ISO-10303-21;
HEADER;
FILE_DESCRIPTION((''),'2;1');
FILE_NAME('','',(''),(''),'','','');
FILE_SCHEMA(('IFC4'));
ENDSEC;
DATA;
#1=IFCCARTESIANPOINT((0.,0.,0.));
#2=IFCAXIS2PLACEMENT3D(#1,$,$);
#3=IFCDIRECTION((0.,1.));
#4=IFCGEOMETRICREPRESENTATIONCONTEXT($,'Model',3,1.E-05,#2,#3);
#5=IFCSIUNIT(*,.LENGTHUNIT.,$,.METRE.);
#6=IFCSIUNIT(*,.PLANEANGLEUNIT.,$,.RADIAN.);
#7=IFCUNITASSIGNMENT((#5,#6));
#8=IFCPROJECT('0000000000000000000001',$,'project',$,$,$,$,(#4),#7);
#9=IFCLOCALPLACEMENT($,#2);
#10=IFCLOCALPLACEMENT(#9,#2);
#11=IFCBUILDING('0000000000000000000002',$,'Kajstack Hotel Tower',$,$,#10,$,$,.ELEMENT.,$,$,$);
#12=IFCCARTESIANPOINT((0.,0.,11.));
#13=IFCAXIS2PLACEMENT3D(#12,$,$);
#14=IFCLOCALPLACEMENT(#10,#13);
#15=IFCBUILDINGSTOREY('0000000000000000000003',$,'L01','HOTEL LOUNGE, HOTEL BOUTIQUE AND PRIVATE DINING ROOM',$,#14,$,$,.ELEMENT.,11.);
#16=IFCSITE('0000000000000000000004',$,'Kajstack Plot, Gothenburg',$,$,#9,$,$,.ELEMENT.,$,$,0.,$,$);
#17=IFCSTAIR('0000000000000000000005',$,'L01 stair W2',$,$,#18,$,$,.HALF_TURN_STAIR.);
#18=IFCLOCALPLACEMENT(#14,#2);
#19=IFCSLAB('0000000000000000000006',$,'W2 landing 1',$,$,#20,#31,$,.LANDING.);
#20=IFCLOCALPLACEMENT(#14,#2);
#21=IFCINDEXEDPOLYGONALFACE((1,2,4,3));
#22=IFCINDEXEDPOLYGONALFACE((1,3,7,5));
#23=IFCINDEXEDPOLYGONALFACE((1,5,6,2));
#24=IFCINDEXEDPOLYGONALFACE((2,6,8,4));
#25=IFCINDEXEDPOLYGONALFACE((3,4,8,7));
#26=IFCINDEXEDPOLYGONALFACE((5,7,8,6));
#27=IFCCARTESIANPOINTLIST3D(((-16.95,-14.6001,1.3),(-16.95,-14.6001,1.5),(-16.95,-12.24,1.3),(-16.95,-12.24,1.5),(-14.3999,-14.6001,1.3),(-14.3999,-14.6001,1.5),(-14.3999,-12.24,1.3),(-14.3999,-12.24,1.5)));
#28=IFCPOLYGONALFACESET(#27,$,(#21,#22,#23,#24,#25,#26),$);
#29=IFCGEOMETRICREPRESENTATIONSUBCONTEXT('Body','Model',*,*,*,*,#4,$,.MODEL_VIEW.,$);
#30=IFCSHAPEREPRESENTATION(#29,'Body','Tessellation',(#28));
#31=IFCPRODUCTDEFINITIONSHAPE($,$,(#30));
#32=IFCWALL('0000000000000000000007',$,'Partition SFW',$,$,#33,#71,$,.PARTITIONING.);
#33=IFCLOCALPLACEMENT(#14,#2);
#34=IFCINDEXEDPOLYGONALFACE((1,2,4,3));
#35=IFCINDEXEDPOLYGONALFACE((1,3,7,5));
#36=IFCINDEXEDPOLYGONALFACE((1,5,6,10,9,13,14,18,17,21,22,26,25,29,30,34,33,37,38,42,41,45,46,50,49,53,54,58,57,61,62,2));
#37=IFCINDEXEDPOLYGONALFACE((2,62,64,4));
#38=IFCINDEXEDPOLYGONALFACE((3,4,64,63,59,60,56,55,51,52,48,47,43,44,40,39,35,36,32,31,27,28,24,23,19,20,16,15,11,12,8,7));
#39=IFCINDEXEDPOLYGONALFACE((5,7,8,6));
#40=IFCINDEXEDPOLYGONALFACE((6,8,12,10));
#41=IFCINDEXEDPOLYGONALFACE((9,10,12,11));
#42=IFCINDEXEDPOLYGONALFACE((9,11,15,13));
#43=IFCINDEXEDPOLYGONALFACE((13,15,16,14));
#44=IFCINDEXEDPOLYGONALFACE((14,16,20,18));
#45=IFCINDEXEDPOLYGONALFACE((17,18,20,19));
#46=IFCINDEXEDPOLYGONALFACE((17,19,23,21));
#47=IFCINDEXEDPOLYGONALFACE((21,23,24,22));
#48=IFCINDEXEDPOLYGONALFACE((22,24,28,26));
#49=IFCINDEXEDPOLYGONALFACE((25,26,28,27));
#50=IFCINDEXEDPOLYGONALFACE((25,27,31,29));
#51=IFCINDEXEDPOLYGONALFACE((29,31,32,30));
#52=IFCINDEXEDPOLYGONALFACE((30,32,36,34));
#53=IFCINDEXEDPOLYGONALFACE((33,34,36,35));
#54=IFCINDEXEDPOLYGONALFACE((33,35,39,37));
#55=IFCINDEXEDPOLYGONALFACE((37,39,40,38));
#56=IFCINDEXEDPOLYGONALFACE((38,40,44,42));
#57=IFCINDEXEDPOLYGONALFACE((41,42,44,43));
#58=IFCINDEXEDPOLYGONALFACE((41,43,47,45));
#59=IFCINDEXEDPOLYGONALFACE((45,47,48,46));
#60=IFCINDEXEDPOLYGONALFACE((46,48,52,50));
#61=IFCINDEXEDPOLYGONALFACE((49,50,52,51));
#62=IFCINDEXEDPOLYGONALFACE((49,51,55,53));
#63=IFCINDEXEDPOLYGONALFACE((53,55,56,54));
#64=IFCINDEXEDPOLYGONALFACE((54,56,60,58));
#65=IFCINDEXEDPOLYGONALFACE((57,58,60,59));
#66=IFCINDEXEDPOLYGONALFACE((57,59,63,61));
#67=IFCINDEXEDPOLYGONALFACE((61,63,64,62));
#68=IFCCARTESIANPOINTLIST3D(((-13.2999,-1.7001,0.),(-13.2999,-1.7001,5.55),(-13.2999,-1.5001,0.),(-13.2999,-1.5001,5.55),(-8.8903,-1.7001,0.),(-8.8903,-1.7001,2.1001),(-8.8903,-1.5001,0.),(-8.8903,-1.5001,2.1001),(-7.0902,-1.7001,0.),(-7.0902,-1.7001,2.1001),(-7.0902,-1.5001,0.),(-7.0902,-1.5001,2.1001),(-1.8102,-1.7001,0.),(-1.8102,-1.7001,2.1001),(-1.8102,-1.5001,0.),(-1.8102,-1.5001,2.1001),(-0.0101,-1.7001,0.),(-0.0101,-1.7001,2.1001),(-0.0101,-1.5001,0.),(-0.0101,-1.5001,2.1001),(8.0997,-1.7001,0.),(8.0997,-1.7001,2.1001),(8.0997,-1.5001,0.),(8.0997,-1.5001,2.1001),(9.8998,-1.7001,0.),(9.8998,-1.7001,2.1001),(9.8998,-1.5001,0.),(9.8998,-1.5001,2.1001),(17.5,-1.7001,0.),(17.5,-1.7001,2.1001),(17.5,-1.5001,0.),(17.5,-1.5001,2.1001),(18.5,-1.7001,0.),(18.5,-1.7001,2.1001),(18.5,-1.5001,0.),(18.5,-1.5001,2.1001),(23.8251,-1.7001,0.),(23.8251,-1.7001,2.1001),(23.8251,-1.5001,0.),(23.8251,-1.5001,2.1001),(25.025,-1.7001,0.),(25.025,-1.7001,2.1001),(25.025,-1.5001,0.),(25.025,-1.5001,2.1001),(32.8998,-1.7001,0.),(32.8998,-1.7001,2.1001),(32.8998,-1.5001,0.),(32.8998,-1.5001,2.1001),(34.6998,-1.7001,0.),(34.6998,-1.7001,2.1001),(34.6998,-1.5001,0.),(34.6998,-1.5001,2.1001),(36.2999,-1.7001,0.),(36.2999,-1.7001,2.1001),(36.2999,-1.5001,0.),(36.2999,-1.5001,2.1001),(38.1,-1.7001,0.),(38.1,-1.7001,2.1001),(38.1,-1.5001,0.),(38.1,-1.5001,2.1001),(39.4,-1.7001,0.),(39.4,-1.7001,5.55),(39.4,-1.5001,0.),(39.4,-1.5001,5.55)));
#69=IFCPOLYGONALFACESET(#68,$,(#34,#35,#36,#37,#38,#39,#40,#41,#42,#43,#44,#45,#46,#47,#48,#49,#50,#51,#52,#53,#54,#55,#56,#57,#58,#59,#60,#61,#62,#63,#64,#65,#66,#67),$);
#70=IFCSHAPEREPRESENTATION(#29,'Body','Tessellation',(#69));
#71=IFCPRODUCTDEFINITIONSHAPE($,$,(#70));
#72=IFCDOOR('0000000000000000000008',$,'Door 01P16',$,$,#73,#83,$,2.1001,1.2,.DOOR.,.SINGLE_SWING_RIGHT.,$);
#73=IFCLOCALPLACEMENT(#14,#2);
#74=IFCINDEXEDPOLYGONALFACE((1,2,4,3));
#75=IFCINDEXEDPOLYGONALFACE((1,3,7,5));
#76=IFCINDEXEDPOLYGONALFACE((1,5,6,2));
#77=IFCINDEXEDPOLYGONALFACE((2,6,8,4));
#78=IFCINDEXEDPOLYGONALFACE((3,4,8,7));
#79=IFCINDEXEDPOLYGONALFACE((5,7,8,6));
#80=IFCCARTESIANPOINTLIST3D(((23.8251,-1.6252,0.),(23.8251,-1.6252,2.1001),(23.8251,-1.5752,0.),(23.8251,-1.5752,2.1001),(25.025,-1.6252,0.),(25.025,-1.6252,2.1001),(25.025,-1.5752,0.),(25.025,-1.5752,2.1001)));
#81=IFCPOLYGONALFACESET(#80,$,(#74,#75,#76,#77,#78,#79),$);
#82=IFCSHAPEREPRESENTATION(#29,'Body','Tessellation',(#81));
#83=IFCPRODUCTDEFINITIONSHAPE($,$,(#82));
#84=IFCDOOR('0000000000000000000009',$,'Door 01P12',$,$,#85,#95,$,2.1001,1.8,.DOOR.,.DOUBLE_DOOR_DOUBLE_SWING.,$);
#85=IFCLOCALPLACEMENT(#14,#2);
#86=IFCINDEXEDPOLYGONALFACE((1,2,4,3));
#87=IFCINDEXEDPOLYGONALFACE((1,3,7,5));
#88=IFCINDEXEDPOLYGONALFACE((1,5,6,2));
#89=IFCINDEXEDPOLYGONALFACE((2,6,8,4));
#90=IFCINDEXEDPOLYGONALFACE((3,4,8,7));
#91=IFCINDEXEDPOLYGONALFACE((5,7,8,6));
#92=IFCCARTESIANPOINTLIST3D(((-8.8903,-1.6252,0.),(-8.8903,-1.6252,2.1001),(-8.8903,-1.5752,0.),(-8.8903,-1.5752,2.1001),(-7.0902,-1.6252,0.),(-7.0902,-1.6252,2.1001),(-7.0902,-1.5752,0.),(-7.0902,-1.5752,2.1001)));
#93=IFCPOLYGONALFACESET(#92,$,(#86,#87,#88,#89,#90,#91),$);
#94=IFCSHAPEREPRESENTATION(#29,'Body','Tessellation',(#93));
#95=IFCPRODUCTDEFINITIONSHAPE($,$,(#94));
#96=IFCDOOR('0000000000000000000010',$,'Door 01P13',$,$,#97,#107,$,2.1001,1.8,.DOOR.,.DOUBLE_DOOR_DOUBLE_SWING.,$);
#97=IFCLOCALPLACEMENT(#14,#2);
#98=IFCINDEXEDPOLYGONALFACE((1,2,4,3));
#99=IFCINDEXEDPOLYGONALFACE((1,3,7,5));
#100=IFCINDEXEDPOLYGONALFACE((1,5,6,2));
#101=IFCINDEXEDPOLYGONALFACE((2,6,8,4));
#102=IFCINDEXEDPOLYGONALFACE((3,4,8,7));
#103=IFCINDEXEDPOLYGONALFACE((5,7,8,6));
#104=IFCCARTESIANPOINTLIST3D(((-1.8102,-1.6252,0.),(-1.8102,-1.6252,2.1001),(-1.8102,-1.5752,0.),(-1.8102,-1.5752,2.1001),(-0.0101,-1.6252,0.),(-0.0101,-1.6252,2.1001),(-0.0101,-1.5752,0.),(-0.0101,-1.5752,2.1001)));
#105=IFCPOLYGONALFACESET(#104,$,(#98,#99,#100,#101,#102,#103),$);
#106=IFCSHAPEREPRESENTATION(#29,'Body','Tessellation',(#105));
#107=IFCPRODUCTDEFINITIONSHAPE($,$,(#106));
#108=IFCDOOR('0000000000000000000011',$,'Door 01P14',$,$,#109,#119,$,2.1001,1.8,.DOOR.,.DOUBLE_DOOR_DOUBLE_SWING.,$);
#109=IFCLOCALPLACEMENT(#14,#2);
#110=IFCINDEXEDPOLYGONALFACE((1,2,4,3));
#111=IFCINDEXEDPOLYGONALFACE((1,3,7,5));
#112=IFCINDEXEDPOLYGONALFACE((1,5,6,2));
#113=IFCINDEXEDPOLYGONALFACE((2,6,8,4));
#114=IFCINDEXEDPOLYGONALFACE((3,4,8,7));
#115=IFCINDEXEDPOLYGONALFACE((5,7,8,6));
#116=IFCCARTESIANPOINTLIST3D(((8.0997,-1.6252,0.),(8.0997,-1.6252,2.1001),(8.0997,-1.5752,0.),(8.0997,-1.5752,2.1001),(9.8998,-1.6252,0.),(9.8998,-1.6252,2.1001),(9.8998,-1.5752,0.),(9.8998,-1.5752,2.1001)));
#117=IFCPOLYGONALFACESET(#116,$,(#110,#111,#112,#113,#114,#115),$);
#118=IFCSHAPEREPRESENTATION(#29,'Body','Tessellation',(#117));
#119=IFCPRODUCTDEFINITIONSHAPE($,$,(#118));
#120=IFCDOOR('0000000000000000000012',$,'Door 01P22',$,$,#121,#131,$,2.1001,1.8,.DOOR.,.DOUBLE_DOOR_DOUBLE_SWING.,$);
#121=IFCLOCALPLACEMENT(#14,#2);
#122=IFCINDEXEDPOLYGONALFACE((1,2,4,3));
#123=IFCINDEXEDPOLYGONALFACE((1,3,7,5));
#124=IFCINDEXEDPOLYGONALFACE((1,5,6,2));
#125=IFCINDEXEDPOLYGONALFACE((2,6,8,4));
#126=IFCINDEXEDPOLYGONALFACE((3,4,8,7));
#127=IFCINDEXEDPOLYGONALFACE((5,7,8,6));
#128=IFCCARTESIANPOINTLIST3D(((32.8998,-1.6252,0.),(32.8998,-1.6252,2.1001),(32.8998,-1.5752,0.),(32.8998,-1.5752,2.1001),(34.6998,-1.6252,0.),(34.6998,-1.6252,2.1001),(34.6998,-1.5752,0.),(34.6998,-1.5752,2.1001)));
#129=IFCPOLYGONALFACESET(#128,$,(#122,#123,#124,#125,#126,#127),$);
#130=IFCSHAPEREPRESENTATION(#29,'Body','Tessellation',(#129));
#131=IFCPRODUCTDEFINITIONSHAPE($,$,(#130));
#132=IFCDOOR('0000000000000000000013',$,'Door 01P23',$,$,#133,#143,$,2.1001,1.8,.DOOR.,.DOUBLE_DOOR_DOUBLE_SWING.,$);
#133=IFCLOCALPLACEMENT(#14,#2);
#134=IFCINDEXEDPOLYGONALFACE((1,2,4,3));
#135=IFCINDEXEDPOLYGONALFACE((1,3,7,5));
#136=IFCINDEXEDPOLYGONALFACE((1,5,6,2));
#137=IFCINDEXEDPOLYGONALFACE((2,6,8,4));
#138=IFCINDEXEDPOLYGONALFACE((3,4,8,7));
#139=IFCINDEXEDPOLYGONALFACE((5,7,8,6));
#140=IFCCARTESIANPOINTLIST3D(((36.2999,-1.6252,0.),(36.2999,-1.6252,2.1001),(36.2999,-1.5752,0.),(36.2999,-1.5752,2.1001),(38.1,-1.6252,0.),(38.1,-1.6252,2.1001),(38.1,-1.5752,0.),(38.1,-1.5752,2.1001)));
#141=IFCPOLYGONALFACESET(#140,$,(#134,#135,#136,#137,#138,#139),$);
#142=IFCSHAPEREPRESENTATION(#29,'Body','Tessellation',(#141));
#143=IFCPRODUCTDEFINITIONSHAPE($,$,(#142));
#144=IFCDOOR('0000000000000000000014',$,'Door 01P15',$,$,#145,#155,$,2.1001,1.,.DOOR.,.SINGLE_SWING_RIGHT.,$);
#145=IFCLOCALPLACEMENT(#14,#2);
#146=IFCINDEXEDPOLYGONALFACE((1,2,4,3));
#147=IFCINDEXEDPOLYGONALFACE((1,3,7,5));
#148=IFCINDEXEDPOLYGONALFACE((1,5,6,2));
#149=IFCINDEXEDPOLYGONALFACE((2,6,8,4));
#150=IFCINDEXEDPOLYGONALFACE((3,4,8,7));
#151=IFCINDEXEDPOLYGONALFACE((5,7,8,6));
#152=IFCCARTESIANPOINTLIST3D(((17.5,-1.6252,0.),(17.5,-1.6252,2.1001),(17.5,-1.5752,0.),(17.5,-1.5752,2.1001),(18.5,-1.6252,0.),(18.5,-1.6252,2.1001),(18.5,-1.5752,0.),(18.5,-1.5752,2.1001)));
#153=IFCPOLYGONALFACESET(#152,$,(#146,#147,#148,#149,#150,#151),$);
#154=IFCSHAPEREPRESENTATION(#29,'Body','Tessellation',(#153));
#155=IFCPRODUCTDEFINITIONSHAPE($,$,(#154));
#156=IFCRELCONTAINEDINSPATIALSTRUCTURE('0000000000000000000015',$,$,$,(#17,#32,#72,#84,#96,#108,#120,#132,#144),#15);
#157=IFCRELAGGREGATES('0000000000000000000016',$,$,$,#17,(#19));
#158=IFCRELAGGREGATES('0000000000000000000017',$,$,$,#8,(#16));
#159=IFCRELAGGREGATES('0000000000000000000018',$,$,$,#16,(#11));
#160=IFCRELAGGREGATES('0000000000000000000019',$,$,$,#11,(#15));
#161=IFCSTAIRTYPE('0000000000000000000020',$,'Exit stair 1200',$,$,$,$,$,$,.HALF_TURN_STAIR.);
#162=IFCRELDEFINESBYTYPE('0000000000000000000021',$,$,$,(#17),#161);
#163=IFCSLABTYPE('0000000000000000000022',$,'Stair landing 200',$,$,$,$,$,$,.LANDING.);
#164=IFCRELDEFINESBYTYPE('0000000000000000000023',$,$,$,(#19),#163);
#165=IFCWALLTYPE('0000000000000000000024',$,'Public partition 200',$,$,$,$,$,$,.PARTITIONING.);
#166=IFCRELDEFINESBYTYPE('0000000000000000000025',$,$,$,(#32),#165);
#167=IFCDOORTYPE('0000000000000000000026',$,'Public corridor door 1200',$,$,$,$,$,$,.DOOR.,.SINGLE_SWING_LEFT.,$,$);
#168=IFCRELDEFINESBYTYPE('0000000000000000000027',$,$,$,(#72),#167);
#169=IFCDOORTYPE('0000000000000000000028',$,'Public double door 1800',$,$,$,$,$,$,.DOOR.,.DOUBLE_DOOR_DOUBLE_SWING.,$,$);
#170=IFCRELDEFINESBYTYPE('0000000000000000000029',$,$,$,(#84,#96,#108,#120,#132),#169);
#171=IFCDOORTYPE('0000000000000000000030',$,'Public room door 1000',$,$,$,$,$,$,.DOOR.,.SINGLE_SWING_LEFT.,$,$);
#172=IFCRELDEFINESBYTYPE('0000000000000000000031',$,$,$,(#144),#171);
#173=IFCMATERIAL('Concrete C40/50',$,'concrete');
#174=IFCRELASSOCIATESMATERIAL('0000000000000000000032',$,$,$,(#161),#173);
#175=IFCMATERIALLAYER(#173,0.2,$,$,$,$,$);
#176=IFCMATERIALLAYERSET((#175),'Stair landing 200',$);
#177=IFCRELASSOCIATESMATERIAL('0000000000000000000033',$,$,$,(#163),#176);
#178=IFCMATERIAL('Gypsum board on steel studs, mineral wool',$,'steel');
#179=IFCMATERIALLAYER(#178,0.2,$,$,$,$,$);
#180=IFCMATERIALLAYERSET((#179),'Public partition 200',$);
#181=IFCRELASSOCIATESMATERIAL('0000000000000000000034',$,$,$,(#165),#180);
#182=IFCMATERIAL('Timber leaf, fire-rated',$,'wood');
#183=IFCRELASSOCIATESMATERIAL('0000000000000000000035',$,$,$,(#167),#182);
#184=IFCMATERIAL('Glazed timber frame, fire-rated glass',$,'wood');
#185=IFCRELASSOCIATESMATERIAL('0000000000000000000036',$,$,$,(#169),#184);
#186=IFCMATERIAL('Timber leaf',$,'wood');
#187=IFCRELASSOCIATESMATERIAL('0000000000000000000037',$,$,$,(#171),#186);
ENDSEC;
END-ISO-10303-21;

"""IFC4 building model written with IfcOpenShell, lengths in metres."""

from ifc_helpers import new_model, si_unit, direction, frame, frame_2d, origin, place, context, subcontext, project, spatial, polyline, rectangle, outline, extrude, material, layer, layer_set, type_object, element, fill, aggregate, save


model = new_model("IFC4")

# Units and contexts
model_context = context("Model", 3, precision=1e-05, world=origin(), true_north=direction((0.0, 1.0)))
body_context = subcontext(model_context, "Body", "Model", "MODEL_VIEW")
ifc_project = project(units=[si_unit("LENGTHUNIT", "METRE"), si_unit("PLANEANGLEUNIT", "RADIAN")], contexts=[model_context])

# Site, building, storey
site_placement = place(None, origin())
site = spatial("IfcSite", under=ifc_project, at=site_placement, Name="Kajstack Plot, Gothenburg", CompositionType="ELEMENT", RefElevation=0.0)
building_placement = place(site_placement, origin())
building = spatial("IfcBuilding", under=site, at=building_placement, Name="Kajstack Hotel Tower", CompositionType="ELEMENT")
storey_placement = place(building_placement, frame((0.0, 0.0, 11.0)))
storey = spatial("IfcBuildingStorey", under=building, at=storey_placement, Name="L01", Description="HOTEL LOUNGE, HOTEL BOUTIQUE AND PRIVATE DINING ROOM", CompositionType="ELEMENT", Elevation=11.0)

# Shared definitions
ifc_material_1 = material(Name="Concrete C40/50", Category="concrete")
stair_type = type_object("IfcStairType", Name="Exit stair 1200", PredefinedType="HALF_TURN_STAIR", material=ifc_material_1)
ifc_layer_1 = layer(ifc_material_1, 0.2)
ifc_layer_set_1 = layer_set([ifc_layer_1], Name="Stair landing 200")
slab_type_1 = type_object("IfcSlabType", Name="Stair landing 200", PredefinedType="LANDING", material=ifc_layer_set_1)

# Stair, slab
stair_1_placement = place(storey_placement, origin())
stair_1 = element("IfcStair", 1, at=stair_1_placement, inside=storey, type_object=stair_type, Name="L01 stair W2", PredefinedType="HALF_TURN_STAIR")
slab_1_placement = place(storey_placement, frame((0.0, 0.0, 1.3)))
slab_1 = element("IfcSlab", 2, at=slab_1_placement, type_object=slab_type_1, Name="W2 landing 1", PredefinedType="LANDING", context=body_context, shape_type="SweptSolid", body=[
    extrude(outline(polyline([(-16.95, -12.24), (-16.95, -14.6001), (-14.3999, -14.6001), (-14.3999, -12.24), (-16.95, -12.24)])), origin(), (0.0, 0.0, 1.0), 0.2),
])
aggregate(stair_1, [slab_1])

# Wall, openings, doors
ifc_material_2 = material(Name="Gypsum board on steel studs, mineral wool", Category="steel")
ifc_layer_2 = layer(ifc_material_2, 0.2)
ifc_layer_set_2 = layer_set([ifc_layer_2], Name="Public partition 200")
wall_type_1 = type_object("IfcWallType", Name="Public partition 200", PredefinedType="PARTITIONING", material=ifc_layer_set_2)
wall_1_placement = place(storey_placement, frame((-13.3, -1.6001, 0.0), z_axis=(0.0, 0.0, 1.0), x_axis=(1.0, 0.0, 0.0)))
wall_1 = element("IfcWall", 3, at=wall_1_placement, inside=storey, type_object=wall_type_1, Name="Partition SFW", PredefinedType="PARTITIONING", context=body_context, shape_type="SweptSolid", body=[
    extrude(rectangle(XDim=52.7, YDim=0.2, at=frame_2d((26.3501, 0.0))), origin(), (0.0, 0.0, 1.0), 5.55),
])
opening_1_placement = place(wall_1_placement, frame((4.4099, 0.0, 0.0)))
opening_1 = element("IfcOpeningElement", 4, at=opening_1_placement, cuts=wall_1, PredefinedType="OPENING", context=body_context, shape_type="SweptSolid", body=[
    extrude(rectangle(XDim=1.8, YDim=2.1001, at=frame_2d((0.8999, 1.05))), frame((0.0, 0.1099, 0.0), z_axis=(0.0, -1.0, 0.0), x_axis=(1.0, 0.0, 0.0)), (0.0, 0.0, 1.0), 0.22),
])
opening_2_placement = place(wall_1_placement, frame((11.49, 0.0, 0.0)))
opening_2 = element("IfcOpeningElement", 5, at=opening_2_placement, cuts=wall_1, PredefinedType="OPENING", context=body_context, shape_type="SweptSolid", body=[
    extrude(rectangle(XDim=1.8, YDim=2.1001, at=frame_2d((0.8999, 1.05))), frame((0.0, 0.1099, 0.0), z_axis=(0.0, -1.0, 0.0), x_axis=(1.0, 0.0, 0.0)), (0.0, 0.0, 1.0), 0.22),
])
opening_3_placement = place(wall_1_placement, frame((21.3999, 0.0, 0.0)))
opening_3 = element("IfcOpeningElement", 6, at=opening_3_placement, cuts=wall_1, PredefinedType="OPENING", context=body_context, shape_type="SweptSolid", body=[
    extrude(rectangle(XDim=1.8, YDim=2.1001, at=frame_2d((0.8999, 1.05))), frame((0.0, 0.1099, 0.0), z_axis=(0.0, -1.0, 0.0), x_axis=(1.0, 0.0, 0.0)), (0.0, 0.0, 1.0), 0.22),
])
opening_4_placement = place(wall_1_placement, frame((30.8, 0.0, 0.0)))
opening_4 = element("IfcOpeningElement", 7, at=opening_4_placement, cuts=wall_1, PredefinedType="OPENING", context=body_context, shape_type="SweptSolid", body=[
    extrude(rectangle(XDim=1.0, YDim=2.1001, at=frame_2d((0.5, 1.05))), frame((0.0, 0.1099, 0.0), z_axis=(0.0, -1.0, 0.0), x_axis=(1.0, 0.0, 0.0)), (0.0, 0.0, 1.0), 0.22),
])
opening_5_placement = place(wall_1_placement, frame((37.125, 0.0, 0.0)))
opening_5 = element("IfcOpeningElement", 8, at=opening_5_placement, cuts=wall_1, PredefinedType="OPENING", context=body_context, shape_type="SweptSolid", body=[
    extrude(rectangle(XDim=1.2, YDim=2.1001, at=frame_2d((0.6001, 1.05))), frame((0.0, 0.1099, 0.0), z_axis=(0.0, -1.0, 0.0), x_axis=(1.0, 0.0, 0.0)), (0.0, 0.0, 1.0), 0.22),
])
opening_6_placement = place(wall_1_placement, frame((46.2, 0.0, 0.0)))
opening_6 = element("IfcOpeningElement", 9, at=opening_6_placement, cuts=wall_1, PredefinedType="OPENING", context=body_context, shape_type="SweptSolid", body=[
    extrude(rectangle(XDim=1.8, YDim=2.1001, at=frame_2d((0.8999, 1.05))), frame((0.0, 0.1099, 0.0), z_axis=(0.0, -1.0, 0.0), x_axis=(1.0, 0.0, 0.0)), (0.0, 0.0, 1.0), 0.22),
])
opening_7_placement = place(wall_1_placement, frame((49.6001, 0.0, 0.0)))
opening_7 = element("IfcOpeningElement", 10, at=opening_7_placement, cuts=wall_1, PredefinedType="OPENING", context=body_context, shape_type="SweptSolid", body=[
    extrude(rectangle(XDim=1.8, YDim=2.1001, at=frame_2d((0.8999, 1.05))), frame((0.0, 0.1099, 0.0), z_axis=(0.0, -1.0, 0.0), x_axis=(1.0, 0.0, 0.0)), (0.0, 0.0, 1.0), 0.22),
])
ifc_material_3 = material(Name="Timber leaf, fire-rated", Category="wood")
door_type_1 = type_object("IfcDoorType", Name="Public corridor door 1200", OperationType="SINGLE_SWING_LEFT", PredefinedType="DOOR", material=ifc_material_3)
door_1_placement = place(opening_5_placement, origin())
door_1 = element("IfcDoor", 11, at=door_1_placement, inside=storey, type_object=door_type_1, Name="Door 01P16", OperationType="SINGLE_SWING_RIGHT", OverallHeight=2.1001, OverallWidth=1.2, PredefinedType="DOOR", context=body_context, shape_type="SweptSolid", body=[
    extrude(rectangle(XDim=1.2, YDim=2.1001, at=frame_2d((0.6001, 1.05))), frame((0.0, 0.0249, 0.0), z_axis=(0.0, -1.0, 0.0), x_axis=(1.0, 0.0, 0.0)), (0.0, 0.0, 1.0), 0.05),
])
fill(opening_5, door_1)
ifc_material_4 = material(Name="Glazed timber frame, fire-rated glass", Category="wood")
door_type_2 = type_object("IfcDoorType", Name="Public double door 1800", OperationType="DOUBLE_DOOR_DOUBLE_SWING", PredefinedType="DOOR", material=ifc_material_4)
door_2_placement = place(opening_1_placement, origin())
door_2 = element("IfcDoor", 12, at=door_2_placement, inside=storey, type_object=door_type_2, Name="Door 01P12", OperationType="DOUBLE_DOOR_DOUBLE_SWING", OverallHeight=2.1001, OverallWidth=1.8, PredefinedType="DOOR", context=body_context, shape_type="SweptSolid", body=[
    extrude(rectangle(XDim=1.8, YDim=2.1001, at=frame_2d((0.8999, 1.05))), frame((0.0, 0.0249, 0.0), z_axis=(0.0, -1.0, 0.0), x_axis=(1.0, 0.0, 0.0)), (0.0, 0.0, 1.0), 0.05),
])
fill(opening_1, door_2)
door_3_placement = place(opening_2_placement, origin())
door_3 = element("IfcDoor", 13, at=door_3_placement, inside=storey, type_object=door_type_2, Name="Door 01P13", OperationType="DOUBLE_DOOR_DOUBLE_SWING", OverallHeight=2.1001, OverallWidth=1.8, PredefinedType="DOOR", context=body_context, shape_type="SweptSolid", body=[
    extrude(rectangle(XDim=1.8, YDim=2.1001, at=frame_2d((0.8999, 1.05))), frame((0.0, 0.0249, 0.0), z_axis=(0.0, -1.0, 0.0), x_axis=(1.0, 0.0, 0.0)), (0.0, 0.0, 1.0), 0.05),
])
fill(opening_2, door_3)
door_4_placement = place(opening_3_placement, origin())
door_4 = element("IfcDoor", 14, at=door_4_placement, inside=storey, type_object=door_type_2, Name="Door 01P14", OperationType="DOUBLE_DOOR_DOUBLE_SWING", OverallHeight=2.1001, OverallWidth=1.8, PredefinedType="DOOR", context=body_context, shape_type="SweptSolid", body=[
    extrude(rectangle(XDim=1.8, YDim=2.1001, at=frame_2d((0.8999, 1.05))), frame((0.0, 0.0249, 0.0), z_axis=(0.0, -1.0, 0.0), x_axis=(1.0, 0.0, 0.0)), (0.0, 0.0, 1.0), 0.05),
])
fill(opening_3, door_4)
door_5_placement = place(opening_6_placement, origin())
door_5 = element("IfcDoor", 15, at=door_5_placement, inside=storey, type_object=door_type_2, Name="Door 01P22", OperationType="DOUBLE_DOOR_DOUBLE_SWING", OverallHeight=2.1001, OverallWidth=1.8, PredefinedType="DOOR", context=body_context, shape_type="SweptSolid", body=[
    extrude(rectangle(XDim=1.8, YDim=2.1001, at=frame_2d((0.8999, 1.05))), frame((0.0, 0.0249, 0.0), z_axis=(0.0, -1.0, 0.0), x_axis=(1.0, 0.0, 0.0)), (0.0, 0.0, 1.0), 0.05),
])
fill(opening_6, door_5)
door_6_placement = place(opening_7_placement, origin())
door_6 = element("IfcDoor", 16, at=door_6_placement, inside=storey, type_object=door_type_2, Name="Door 01P23", OperationType="DOUBLE_DOOR_DOUBLE_SWING", OverallHeight=2.1001, OverallWidth=1.8, PredefinedType="DOOR", context=body_context, shape_type="SweptSolid", body=[
    extrude(rectangle(XDim=1.8, YDim=2.1001, at=frame_2d((0.8999, 1.05))), frame((0.0, 0.0249, 0.0), z_axis=(0.0, -1.0, 0.0), x_axis=(1.0, 0.0, 0.0)), (0.0, 0.0, 1.0), 0.05),
])
fill(opening_7, door_6)
ifc_material_5 = material(Name="Timber leaf", Category="wood")
door_type_3 = type_object("IfcDoorType", Name="Public room door 1000", OperationType="SINGLE_SWING_LEFT", PredefinedType="DOOR", material=ifc_material_5)
door_7_placement = place(opening_4_placement, origin())
door_7 = element("IfcDoor", 17, at=door_7_placement, inside=storey, type_object=door_type_3, Name="Door 01P15", OperationType="SINGLE_SWING_RIGHT", OverallHeight=2.1001, OverallWidth=1.0, PredefinedType="DOOR", context=body_context, shape_type="SweptSolid", body=[
    extrude(rectangle(XDim=1.0, YDim=2.1001, at=frame_2d((0.5, 1.05))), frame((0.0, 0.0249, 0.0), z_axis=(0.0, -1.0, 0.0), x_axis=(1.0, 0.0, 0.0)), (0.0, 0.0, 1.0), 0.05),
])
fill(opening_4, door_7)

save(model, "model.ifc")
